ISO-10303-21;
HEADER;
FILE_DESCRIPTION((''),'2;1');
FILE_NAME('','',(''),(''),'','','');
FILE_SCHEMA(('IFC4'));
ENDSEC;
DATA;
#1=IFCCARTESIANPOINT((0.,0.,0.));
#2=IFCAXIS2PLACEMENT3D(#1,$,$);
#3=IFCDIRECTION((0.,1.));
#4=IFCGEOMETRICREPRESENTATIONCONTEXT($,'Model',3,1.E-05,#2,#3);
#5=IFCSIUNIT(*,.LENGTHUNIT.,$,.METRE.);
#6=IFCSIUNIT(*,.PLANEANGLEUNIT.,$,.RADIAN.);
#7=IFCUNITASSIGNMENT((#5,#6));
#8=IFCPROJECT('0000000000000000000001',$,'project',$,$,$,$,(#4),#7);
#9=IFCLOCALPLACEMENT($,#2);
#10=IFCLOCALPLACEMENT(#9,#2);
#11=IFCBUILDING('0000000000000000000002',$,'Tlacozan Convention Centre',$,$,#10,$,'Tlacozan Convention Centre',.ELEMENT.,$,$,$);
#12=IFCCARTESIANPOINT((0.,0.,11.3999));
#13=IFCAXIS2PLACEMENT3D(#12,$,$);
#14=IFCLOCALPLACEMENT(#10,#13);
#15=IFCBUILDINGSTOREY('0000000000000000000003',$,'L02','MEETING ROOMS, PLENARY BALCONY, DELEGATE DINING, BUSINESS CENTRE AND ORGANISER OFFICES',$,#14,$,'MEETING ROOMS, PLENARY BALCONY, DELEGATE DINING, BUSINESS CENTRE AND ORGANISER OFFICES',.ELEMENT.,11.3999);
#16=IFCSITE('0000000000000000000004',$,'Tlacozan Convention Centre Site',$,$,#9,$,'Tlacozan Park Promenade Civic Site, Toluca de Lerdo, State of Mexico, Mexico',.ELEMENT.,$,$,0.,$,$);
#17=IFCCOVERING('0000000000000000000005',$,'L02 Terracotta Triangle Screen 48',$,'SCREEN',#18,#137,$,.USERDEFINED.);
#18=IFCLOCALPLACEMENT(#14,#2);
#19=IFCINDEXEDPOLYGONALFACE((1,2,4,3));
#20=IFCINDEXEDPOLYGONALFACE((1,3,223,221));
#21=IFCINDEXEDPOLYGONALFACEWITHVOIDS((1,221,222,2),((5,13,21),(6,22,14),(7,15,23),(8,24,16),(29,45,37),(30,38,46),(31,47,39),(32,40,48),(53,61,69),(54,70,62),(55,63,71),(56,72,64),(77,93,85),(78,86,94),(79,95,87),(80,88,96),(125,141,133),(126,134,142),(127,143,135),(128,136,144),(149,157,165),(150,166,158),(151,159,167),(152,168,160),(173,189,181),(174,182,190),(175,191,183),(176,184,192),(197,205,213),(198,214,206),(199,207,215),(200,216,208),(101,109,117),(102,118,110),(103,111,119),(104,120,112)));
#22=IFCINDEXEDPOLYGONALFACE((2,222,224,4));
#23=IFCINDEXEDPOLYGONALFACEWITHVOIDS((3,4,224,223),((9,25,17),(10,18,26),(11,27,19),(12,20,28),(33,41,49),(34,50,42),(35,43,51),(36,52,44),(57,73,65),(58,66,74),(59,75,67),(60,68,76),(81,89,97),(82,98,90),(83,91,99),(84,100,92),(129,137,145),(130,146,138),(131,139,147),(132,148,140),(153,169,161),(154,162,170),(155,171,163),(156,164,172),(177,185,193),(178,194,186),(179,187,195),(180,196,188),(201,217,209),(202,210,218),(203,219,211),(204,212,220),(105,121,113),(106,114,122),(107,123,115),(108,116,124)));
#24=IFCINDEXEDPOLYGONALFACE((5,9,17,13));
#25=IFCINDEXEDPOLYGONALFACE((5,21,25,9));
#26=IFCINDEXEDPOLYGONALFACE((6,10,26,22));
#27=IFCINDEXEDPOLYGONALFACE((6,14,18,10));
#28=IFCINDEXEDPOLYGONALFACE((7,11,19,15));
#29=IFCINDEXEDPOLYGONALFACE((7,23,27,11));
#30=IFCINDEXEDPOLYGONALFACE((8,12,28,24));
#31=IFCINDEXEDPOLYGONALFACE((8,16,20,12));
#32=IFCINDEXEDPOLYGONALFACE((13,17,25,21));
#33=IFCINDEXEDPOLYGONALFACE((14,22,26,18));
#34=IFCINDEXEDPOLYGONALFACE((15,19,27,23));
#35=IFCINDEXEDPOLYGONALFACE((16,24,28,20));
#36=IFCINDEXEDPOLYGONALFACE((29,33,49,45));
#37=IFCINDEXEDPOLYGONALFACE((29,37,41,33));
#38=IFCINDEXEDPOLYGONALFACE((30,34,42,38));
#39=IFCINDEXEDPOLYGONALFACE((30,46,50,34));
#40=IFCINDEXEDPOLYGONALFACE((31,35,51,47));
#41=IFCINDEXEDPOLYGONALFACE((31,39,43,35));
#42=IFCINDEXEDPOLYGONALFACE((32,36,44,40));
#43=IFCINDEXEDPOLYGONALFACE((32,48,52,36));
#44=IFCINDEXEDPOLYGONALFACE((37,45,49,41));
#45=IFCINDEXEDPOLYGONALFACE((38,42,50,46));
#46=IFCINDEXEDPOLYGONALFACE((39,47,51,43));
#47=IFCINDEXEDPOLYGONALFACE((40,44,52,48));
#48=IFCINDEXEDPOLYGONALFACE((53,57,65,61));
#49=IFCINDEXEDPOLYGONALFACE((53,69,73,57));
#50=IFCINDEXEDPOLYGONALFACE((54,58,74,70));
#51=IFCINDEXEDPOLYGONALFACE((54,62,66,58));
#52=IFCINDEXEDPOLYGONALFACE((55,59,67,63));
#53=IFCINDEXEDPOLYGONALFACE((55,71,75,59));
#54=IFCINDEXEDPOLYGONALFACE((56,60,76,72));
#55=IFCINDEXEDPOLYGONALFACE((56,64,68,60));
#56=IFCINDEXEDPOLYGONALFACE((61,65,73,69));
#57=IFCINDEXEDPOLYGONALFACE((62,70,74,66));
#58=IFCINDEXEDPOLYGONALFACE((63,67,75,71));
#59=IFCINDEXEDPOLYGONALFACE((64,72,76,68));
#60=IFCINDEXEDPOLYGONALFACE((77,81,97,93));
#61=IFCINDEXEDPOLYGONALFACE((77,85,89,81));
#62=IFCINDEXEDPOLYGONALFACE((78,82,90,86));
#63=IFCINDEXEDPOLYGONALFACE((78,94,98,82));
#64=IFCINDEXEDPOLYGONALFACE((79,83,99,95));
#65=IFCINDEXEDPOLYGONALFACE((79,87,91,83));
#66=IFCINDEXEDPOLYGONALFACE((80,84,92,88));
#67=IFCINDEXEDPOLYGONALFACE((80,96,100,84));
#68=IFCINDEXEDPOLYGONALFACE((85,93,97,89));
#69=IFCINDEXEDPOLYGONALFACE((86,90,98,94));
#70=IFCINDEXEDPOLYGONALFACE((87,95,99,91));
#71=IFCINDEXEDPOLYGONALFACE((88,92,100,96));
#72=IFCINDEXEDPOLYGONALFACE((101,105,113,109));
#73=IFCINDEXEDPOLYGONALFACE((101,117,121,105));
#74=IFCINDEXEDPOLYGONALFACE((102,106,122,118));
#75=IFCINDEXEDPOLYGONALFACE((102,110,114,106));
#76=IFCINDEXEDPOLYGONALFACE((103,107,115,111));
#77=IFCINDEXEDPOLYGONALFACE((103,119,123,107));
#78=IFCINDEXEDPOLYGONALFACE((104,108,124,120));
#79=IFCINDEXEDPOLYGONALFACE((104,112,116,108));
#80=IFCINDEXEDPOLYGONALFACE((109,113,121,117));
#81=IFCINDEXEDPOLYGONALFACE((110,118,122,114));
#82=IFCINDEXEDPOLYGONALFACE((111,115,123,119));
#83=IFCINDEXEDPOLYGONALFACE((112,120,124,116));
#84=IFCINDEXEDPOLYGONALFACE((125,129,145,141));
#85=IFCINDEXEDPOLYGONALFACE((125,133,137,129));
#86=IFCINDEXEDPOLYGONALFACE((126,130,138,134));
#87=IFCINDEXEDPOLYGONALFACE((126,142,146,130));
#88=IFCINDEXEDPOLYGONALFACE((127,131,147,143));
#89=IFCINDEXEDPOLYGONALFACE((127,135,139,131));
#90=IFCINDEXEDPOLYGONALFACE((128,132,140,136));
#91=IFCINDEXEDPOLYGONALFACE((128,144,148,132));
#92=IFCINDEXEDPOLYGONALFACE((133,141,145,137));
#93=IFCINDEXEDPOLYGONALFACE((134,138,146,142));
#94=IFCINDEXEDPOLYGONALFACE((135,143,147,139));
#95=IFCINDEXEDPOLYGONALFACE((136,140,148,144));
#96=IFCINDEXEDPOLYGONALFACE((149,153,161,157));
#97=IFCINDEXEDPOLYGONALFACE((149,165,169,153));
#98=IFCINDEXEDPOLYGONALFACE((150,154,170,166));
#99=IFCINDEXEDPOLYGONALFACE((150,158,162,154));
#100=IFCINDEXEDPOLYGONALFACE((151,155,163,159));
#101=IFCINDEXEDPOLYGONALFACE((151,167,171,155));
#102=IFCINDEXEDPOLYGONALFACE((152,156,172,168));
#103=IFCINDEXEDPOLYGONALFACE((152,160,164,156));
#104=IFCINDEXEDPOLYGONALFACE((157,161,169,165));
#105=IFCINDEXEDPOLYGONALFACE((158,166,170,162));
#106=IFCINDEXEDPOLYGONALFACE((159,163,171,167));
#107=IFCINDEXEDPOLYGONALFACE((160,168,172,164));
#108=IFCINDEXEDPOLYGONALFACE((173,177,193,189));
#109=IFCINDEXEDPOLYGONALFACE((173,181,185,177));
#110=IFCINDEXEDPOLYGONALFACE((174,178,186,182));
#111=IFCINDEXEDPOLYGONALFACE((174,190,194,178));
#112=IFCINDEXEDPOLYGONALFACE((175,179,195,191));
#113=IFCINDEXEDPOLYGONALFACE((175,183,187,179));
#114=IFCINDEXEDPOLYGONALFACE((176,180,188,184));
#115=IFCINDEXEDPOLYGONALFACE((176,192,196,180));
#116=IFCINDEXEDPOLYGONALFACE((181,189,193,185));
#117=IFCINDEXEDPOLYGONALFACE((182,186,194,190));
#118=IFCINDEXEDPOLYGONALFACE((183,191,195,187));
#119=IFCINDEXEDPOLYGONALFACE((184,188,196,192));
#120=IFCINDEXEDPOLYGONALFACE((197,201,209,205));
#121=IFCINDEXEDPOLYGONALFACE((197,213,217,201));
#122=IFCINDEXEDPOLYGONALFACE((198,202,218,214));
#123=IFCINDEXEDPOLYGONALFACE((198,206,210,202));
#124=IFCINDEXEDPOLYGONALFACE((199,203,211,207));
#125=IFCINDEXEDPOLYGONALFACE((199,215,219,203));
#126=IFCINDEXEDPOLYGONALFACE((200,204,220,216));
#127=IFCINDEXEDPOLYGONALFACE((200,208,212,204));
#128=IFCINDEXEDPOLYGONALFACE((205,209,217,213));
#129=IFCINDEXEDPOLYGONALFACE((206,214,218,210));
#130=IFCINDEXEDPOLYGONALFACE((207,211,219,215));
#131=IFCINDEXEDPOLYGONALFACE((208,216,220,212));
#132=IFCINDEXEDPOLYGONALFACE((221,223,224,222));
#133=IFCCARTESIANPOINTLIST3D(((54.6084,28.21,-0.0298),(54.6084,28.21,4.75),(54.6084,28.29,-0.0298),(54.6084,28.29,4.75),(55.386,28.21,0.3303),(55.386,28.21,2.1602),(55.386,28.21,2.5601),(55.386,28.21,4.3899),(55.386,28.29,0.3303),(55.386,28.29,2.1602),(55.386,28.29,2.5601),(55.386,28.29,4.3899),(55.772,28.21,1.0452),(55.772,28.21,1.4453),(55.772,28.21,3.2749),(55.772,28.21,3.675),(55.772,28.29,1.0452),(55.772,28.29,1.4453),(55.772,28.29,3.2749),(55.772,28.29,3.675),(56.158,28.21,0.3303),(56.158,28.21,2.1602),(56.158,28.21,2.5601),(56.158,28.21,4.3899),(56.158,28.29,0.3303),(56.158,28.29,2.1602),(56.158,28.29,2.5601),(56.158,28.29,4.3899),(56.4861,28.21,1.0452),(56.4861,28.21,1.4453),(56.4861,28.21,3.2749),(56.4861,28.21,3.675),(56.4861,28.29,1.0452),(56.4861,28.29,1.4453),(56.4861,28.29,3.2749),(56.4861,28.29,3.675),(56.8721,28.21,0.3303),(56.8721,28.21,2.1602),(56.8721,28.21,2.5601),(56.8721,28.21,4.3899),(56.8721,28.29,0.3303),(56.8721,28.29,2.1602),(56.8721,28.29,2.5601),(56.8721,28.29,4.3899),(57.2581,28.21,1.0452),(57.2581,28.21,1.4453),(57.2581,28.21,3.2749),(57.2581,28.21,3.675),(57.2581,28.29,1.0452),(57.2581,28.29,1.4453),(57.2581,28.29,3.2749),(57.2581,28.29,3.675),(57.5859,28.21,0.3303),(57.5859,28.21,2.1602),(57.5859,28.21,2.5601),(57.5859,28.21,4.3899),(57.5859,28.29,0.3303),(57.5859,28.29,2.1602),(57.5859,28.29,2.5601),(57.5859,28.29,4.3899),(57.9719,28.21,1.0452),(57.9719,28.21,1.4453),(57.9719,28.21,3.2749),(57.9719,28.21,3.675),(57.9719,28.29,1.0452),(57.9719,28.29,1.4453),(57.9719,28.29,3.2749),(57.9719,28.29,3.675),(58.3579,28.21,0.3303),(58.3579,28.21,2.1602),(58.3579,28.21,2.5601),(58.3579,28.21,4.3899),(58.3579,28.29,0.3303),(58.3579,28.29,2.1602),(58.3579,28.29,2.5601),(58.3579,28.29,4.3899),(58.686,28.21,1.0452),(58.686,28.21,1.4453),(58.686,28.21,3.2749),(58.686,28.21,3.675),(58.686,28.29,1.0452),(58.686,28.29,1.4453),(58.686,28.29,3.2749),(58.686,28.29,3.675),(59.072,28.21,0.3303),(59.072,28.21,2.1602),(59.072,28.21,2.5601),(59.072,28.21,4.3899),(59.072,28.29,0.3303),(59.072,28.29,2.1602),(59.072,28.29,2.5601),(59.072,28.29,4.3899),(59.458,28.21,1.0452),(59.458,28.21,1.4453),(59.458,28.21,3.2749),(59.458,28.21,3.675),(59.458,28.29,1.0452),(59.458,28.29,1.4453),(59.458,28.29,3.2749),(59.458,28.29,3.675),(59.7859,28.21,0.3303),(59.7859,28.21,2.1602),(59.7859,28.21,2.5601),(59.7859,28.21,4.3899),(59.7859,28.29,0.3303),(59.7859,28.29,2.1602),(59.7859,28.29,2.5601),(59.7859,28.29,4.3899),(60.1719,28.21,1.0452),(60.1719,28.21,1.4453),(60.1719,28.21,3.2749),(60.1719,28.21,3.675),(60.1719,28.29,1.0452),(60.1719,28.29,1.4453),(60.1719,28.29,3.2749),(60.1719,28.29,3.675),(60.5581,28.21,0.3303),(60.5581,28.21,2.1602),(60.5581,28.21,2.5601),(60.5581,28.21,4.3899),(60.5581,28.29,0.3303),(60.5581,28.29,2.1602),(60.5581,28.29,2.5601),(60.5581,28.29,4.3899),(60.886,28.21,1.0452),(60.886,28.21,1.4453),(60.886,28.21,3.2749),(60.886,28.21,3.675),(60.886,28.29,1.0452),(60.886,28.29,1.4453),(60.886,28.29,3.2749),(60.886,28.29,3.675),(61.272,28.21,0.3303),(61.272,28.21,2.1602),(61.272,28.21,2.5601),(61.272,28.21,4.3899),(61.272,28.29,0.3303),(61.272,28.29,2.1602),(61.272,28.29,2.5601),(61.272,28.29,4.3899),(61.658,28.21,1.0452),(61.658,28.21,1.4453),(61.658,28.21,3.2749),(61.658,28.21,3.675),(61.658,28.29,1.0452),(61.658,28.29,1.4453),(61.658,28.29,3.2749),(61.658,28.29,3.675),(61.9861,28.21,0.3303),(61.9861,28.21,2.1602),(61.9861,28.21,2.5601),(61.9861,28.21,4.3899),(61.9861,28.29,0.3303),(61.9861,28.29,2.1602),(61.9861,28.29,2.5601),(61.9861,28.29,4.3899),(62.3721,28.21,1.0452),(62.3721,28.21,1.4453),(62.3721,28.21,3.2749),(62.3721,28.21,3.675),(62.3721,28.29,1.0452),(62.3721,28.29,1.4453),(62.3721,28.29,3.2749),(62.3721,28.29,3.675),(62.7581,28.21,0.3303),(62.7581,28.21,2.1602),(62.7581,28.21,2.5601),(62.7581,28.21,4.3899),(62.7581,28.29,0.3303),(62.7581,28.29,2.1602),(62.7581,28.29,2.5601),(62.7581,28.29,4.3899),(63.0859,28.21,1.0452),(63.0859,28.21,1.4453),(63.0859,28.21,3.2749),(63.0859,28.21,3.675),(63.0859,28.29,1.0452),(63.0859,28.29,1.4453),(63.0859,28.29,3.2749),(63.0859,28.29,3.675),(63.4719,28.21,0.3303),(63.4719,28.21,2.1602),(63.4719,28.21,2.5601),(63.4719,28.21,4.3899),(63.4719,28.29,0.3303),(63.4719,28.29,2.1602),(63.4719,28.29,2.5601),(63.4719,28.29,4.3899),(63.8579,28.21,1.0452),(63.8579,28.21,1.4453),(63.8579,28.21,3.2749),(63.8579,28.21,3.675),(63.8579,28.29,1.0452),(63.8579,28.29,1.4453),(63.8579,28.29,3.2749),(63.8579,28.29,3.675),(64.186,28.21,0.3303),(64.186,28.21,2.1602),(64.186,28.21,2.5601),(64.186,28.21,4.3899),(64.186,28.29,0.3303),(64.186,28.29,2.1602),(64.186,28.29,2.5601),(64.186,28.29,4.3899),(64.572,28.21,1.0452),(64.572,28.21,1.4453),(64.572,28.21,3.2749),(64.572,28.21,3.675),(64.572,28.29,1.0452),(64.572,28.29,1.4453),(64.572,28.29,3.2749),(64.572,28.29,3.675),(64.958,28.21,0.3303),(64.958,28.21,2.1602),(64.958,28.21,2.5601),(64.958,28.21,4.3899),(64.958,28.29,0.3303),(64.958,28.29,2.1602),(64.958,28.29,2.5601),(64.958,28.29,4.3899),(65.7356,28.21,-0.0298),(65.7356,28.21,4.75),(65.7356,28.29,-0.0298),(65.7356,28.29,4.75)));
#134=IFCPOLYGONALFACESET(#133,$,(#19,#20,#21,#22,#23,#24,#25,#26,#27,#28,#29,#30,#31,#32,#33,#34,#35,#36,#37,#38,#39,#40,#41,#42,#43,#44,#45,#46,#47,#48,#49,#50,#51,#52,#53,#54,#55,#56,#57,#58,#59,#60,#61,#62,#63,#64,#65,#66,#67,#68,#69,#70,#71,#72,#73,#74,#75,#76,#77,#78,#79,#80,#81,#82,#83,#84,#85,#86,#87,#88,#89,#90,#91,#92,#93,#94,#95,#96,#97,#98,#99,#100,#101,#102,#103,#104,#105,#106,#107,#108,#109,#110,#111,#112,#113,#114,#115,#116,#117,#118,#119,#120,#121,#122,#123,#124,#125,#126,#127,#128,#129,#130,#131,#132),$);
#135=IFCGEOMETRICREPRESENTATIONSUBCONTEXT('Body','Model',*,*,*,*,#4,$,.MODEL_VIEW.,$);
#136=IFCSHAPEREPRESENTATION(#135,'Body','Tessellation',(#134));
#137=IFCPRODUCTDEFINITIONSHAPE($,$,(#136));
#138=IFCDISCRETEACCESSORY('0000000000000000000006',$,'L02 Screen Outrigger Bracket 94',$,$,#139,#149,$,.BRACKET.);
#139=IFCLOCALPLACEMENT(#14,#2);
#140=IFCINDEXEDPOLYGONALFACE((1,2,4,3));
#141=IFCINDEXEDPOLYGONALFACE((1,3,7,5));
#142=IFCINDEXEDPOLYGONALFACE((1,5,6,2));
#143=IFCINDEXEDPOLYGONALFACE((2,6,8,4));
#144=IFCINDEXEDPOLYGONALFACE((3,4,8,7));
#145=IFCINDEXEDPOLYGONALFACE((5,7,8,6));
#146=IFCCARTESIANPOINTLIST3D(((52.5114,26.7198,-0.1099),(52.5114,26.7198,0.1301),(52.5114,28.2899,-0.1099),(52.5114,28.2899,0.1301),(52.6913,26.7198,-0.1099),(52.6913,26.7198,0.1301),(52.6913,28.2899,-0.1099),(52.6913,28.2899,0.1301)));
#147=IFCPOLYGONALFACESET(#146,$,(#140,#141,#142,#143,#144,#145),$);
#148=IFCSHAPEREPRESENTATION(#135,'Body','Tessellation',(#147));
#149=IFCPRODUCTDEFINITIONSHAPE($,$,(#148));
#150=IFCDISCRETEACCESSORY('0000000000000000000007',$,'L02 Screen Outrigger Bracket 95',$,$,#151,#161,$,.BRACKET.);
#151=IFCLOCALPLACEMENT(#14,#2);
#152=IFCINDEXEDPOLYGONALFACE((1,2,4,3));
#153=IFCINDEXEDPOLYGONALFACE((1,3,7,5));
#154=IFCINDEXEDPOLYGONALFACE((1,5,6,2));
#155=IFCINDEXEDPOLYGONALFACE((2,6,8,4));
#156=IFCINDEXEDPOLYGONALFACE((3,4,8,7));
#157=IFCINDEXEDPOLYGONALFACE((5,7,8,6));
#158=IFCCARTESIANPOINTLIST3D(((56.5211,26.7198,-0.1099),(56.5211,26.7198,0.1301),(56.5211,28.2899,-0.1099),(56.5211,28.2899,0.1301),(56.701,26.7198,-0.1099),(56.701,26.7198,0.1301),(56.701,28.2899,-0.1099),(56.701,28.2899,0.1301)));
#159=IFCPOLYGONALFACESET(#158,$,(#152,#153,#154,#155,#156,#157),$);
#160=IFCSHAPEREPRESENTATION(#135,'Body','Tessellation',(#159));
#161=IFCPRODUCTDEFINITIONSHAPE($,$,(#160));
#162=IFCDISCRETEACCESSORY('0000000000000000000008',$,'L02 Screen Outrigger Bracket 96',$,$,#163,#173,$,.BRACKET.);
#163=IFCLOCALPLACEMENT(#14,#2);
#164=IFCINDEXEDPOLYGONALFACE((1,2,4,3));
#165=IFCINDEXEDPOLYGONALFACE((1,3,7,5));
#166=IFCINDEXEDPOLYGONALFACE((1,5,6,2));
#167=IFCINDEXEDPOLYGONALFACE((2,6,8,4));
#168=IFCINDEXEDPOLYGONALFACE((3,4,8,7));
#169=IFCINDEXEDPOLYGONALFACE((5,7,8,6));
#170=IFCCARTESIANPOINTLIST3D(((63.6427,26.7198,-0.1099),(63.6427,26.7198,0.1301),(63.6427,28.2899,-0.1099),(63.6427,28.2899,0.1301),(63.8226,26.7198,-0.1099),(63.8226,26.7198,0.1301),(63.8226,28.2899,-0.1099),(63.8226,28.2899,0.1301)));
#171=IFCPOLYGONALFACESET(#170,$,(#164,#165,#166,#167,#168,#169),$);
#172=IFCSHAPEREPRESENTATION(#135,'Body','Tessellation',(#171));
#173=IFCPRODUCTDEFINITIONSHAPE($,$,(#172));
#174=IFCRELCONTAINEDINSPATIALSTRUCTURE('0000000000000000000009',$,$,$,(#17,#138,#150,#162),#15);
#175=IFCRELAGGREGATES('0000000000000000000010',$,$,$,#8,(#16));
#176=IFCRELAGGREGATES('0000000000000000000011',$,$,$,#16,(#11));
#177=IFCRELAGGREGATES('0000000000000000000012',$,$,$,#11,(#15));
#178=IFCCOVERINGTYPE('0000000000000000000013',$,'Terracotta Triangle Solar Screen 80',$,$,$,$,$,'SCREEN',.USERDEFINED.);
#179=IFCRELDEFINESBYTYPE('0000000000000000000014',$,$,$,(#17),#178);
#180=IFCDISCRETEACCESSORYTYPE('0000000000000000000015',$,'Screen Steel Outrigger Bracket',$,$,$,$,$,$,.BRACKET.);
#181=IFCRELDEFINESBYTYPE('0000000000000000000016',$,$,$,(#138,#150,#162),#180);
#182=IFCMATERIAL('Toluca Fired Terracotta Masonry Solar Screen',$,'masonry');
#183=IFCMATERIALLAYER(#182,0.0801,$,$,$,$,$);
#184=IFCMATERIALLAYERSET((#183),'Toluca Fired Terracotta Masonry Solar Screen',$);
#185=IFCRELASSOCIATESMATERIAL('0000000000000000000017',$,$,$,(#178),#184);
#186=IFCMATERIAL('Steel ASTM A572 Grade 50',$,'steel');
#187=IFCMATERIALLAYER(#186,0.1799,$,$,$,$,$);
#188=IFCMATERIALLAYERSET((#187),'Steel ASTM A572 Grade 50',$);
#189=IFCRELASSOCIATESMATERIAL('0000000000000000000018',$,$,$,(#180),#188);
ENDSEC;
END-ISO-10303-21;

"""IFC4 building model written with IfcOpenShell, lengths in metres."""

from ifc_helpers import new_model, si_unit, direction, frame, origin, origin_2d, place, context, subcontext, project, spatial, polyline, rectangle, outline, extrude, material, layer, layer_set, type_object, element, save


model = new_model("IFC4")

# Units and contexts
model_context = context("Model", 3, precision=1e-05, world=origin(), true_north=direction((0.0, 1.0)))
body_context = subcontext(model_context, "Body", "Model", "MODEL_VIEW")
ifc_project = project(units=[si_unit("LENGTHUNIT", "METRE"), si_unit("PLANEANGLEUNIT", "RADIAN")], contexts=[model_context])

# Site, building, storey
site_placement = place(None, origin())
site = spatial("IfcSite", under=ifc_project, at=site_placement, Name="Tlacozan Convention Centre Site", LongName="Tlacozan Park Promenade Civic Site, Toluca de Lerdo, State of Mexico, Mexico", CompositionType="ELEMENT", RefElevation=0.0)
building_placement = place(site_placement, origin())
building = spatial("IfcBuilding", under=site, at=building_placement, Name="Tlacozan Convention Centre", LongName="Tlacozan Convention Centre", CompositionType="ELEMENT")
storey_placement = place(building_placement, frame((0.0, 0.0, 11.3999)))
storey = spatial("IfcBuildingStorey", under=building, at=storey_placement, Name="L02", Description="MEETING ROOMS, PLENARY BALCONY, DELEGATE DINING, BUSINESS CENTRE AND ORGANISER OFFICES", LongName="MEETING ROOMS, PLENARY BALCONY, DELEGATE DINING, BUSINESS CENTRE AND ORGANISER OFFICES", CompositionType="ELEMENT", Elevation=11.3999)

# Covering
ifc_material_1 = material(Name="Toluca Fired Terracotta Masonry Solar Screen", Category="masonry")
ifc_layer_1 = layer(ifc_material_1, 0.0801)
ifc_layer_set_1 = layer_set([ifc_layer_1], Name="Toluca Fired Terracotta Masonry Solar Screen")
covering_type = type_object("IfcCoveringType", Name="Terracotta Triangle Solar Screen 80", ElementType="SCREEN", PredefinedType="USERDEFINED", material=ifc_layer_set_1)
covering_placement = place(storey_placement, frame((54.6084, 28.25, -0.0298), z_axis=(0.0, 0.0, 1.0), x_axis=(1.0, 0.0, 0.0)))
element("IfcCovering", 1, at=covering_placement, inside=storey, type_object=covering_type, Name="L02 Terracotta Triangle Screen 48", ObjectType="SCREEN", PredefinedType="USERDEFINED", context=body_context, shape_type="SweptSolid", body=[
    extrude(outline(polyline([(0.0, 0.0), (11.1272, 0.0), (11.1272, 4.7798), (0.0, 4.7798), (0.0, 0.0)]), holes=[polyline([(0.7776, 0.3601), (1.5496, 0.3601), (1.1636, 1.075), (0.7776, 0.3601)]), polyline([(1.8777, 1.075), (2.6497, 1.075), (2.2637, 0.3601), (1.8777, 1.075)]), polyline([(2.9775, 0.3601), (3.7495, 0.3601), (3.3635, 1.075), (2.9775, 0.3601)]), polyline([(4.0776, 1.075), (4.8496, 1.075), (4.4636, 0.3601), (4.0776, 1.075)]), polyline([(5.1775, 0.3601), (5.9497, 0.3601), (5.5635, 1.075), (5.1775, 0.3601)]), polyline([(6.2776, 1.075), (7.0496, 1.075), (6.6636, 0.3601), (6.2776, 1.075)]), polyline([(7.3777, 0.3601), (8.1497, 0.3601), (7.7637, 1.075), (7.3777, 0.3601)]), polyline([(8.4775, 1.075), (9.2495, 1.075), (8.8635, 0.3601), (8.4775, 1.075)]), polyline([(9.5776, 0.3601), (10.3496, 0.3601), (9.9636, 1.075), (9.5776, 0.3601)]), polyline([(0.7776, 2.1899), (1.5496, 2.1899), (1.1636, 1.4751), (0.7776, 2.1899)]), polyline([(1.8777, 1.4751), (2.6497, 1.4751), (2.2637, 2.1899), (1.8777, 1.4751)]), polyline([(2.9775, 2.1899), (3.7495, 2.1899), (3.3635, 1.4751), (2.9775, 2.1899)]), polyline([(4.0776, 1.4751), (4.8496, 1.4751), (4.4636, 2.1899), (4.0776, 1.4751)]), polyline([(5.1775, 2.1899), (5.9497, 2.1899), (5.5635, 1.4751), (5.1775, 2.1899)]), polyline([(6.2776, 1.4751), (7.0496, 1.4751), (6.6636, 2.1899), (6.2776, 1.4751)]), polyline([(7.3777, 2.1899), (8.1497, 2.1899), (7.7637, 1.4751), (7.3777, 2.1899)]), polyline([(8.4775, 1.4751), (9.2495, 1.4751), (8.8635, 2.1899), (8.4775, 1.4751)]), polyline([(9.5776, 2.1899), (10.3496, 2.1899), (9.9636, 1.4751), (9.5776, 2.1899)]), polyline([(0.7776, 2.5898), (1.5496, 2.5898), (1.1636, 3.3047), (0.7776, 2.5898)]), polyline([(1.8777, 3.3047), (2.6497, 3.3047), (2.2637, 2.5898), (1.8777, 3.3047)]), polyline([(2.9775, 2.5898), (3.7495, 2.5898), (3.3635, 3.3047), (2.9775, 2.5898)]), polyline([(4.0776, 3.3047), (4.8496, 3.3047), (4.4636, 2.5898), (4.0776, 3.3047)]), polyline([(5.1775, 2.5898), (5.9497, 2.5898), (5.5635, 3.3047), (5.1775, 2.5898)]), polyline([(6.2776, 3.3047), (7.0496, 3.3047), (6.6636, 2.5898), (6.2776, 3.3047)]), polyline([(7.3777, 2.5898), (8.1497, 2.5898), (7.7637, 3.3047), (7.3777, 2.5898)]), polyline([(8.4775, 3.3047), (9.2495, 3.3047), (8.8635, 2.5898), (8.4775, 3.3047)]), polyline([(9.5776, 2.5898), (10.3496, 2.5898), (9.9636, 3.3047), (9.5776, 2.5898)]), polyline([(0.7776, 4.4197), (1.5496, 4.4197), (1.1636, 3.7048), (0.7776, 4.4197)]), polyline([(1.8777, 3.7048), (2.6497, 3.7048), (2.2637, 4.4197), (1.8777, 3.7048)]), polyline([(2.9775, 4.4197), (3.7495, 4.4197), (3.3635, 3.7048), (2.9775, 4.4197)]), polyline([(4.0776, 3.7048), (4.8496, 3.7048), (4.4636, 4.4197), (4.0776, 3.7048)]), polyline([(5.1775, 4.4197), (5.9497, 4.4197), (5.5635, 3.7048), (5.1775, 4.4197)]), polyline([(6.2776, 3.7048), (7.0496, 3.7048), (6.6636, 4.4197), (6.2776, 3.7048)]), polyline([(7.3777, 4.4197), (8.1497, 4.4197), (7.7637, 3.7048), (7.3777, 4.4197)]), polyline([(8.4775, 3.7048), (9.2495, 3.7048), (8.8635, 4.4197), (8.4775, 3.7048)]), polyline([(9.5776, 4.4197), (10.3496, 4.4197), (9.9636, 3.7048), (9.5776, 4.4197)])]), frame((0.0, 0.04, 0.0), z_axis=(0.0, -1.0, 0.0), x_axis=(1.0, 0.0, 0.0)), (0.0, 0.0, 1.0), 0.0801),
])

# Discrete accessories
ifc_material_2 = material(Name="Steel ASTM A572 Grade 50", Category="steel")
ifc_layer_2 = layer(ifc_material_2, 0.1799)
ifc_layer_set_2 = layer_set([ifc_layer_2], Name="Steel ASTM A572 Grade 50")
discrete_accessory_type = type_object("IfcDiscreteAccessoryType", Name="Screen Steel Outrigger Bracket", PredefinedType="BRACKET", material=ifc_layer_set_2)
for number, where, z_axis, x_axis, name in (
    (2, (52.6013, 27.5049, -0.1099), (0.0, 0.0, 1.0), (0.0, -1.0, 0.0), "L02 Screen Outrigger Bracket 94"),
    (3, (56.6111, 27.5049, -0.1099), (0.0, 0.0, 1.0), (0.0, -1.0, 0.0), "L02 Screen Outrigger Bracket 95"),
    (4, (63.7327, 27.5049, -0.1099), (0.0, 0.0, 1.0), (0.0, -1.0, 0.0), "L02 Screen Outrigger Bracket 96"),
):
    element("IfcDiscreteAccessory", number, at=place(storey_placement, frame(where, z_axis=z_axis, x_axis=x_axis)), inside=storey, type_object=discrete_accessory_type, Name=name, PredefinedType="BRACKET", context=body_context, shape_type="SweptSolid", body=[
        extrude(rectangle(XDim=1.5701, YDim=0.1799, at=origin_2d()), origin(), (0.0, 0.0, 1.0), 0.24),
    ])

save(model, "model.ifc")
